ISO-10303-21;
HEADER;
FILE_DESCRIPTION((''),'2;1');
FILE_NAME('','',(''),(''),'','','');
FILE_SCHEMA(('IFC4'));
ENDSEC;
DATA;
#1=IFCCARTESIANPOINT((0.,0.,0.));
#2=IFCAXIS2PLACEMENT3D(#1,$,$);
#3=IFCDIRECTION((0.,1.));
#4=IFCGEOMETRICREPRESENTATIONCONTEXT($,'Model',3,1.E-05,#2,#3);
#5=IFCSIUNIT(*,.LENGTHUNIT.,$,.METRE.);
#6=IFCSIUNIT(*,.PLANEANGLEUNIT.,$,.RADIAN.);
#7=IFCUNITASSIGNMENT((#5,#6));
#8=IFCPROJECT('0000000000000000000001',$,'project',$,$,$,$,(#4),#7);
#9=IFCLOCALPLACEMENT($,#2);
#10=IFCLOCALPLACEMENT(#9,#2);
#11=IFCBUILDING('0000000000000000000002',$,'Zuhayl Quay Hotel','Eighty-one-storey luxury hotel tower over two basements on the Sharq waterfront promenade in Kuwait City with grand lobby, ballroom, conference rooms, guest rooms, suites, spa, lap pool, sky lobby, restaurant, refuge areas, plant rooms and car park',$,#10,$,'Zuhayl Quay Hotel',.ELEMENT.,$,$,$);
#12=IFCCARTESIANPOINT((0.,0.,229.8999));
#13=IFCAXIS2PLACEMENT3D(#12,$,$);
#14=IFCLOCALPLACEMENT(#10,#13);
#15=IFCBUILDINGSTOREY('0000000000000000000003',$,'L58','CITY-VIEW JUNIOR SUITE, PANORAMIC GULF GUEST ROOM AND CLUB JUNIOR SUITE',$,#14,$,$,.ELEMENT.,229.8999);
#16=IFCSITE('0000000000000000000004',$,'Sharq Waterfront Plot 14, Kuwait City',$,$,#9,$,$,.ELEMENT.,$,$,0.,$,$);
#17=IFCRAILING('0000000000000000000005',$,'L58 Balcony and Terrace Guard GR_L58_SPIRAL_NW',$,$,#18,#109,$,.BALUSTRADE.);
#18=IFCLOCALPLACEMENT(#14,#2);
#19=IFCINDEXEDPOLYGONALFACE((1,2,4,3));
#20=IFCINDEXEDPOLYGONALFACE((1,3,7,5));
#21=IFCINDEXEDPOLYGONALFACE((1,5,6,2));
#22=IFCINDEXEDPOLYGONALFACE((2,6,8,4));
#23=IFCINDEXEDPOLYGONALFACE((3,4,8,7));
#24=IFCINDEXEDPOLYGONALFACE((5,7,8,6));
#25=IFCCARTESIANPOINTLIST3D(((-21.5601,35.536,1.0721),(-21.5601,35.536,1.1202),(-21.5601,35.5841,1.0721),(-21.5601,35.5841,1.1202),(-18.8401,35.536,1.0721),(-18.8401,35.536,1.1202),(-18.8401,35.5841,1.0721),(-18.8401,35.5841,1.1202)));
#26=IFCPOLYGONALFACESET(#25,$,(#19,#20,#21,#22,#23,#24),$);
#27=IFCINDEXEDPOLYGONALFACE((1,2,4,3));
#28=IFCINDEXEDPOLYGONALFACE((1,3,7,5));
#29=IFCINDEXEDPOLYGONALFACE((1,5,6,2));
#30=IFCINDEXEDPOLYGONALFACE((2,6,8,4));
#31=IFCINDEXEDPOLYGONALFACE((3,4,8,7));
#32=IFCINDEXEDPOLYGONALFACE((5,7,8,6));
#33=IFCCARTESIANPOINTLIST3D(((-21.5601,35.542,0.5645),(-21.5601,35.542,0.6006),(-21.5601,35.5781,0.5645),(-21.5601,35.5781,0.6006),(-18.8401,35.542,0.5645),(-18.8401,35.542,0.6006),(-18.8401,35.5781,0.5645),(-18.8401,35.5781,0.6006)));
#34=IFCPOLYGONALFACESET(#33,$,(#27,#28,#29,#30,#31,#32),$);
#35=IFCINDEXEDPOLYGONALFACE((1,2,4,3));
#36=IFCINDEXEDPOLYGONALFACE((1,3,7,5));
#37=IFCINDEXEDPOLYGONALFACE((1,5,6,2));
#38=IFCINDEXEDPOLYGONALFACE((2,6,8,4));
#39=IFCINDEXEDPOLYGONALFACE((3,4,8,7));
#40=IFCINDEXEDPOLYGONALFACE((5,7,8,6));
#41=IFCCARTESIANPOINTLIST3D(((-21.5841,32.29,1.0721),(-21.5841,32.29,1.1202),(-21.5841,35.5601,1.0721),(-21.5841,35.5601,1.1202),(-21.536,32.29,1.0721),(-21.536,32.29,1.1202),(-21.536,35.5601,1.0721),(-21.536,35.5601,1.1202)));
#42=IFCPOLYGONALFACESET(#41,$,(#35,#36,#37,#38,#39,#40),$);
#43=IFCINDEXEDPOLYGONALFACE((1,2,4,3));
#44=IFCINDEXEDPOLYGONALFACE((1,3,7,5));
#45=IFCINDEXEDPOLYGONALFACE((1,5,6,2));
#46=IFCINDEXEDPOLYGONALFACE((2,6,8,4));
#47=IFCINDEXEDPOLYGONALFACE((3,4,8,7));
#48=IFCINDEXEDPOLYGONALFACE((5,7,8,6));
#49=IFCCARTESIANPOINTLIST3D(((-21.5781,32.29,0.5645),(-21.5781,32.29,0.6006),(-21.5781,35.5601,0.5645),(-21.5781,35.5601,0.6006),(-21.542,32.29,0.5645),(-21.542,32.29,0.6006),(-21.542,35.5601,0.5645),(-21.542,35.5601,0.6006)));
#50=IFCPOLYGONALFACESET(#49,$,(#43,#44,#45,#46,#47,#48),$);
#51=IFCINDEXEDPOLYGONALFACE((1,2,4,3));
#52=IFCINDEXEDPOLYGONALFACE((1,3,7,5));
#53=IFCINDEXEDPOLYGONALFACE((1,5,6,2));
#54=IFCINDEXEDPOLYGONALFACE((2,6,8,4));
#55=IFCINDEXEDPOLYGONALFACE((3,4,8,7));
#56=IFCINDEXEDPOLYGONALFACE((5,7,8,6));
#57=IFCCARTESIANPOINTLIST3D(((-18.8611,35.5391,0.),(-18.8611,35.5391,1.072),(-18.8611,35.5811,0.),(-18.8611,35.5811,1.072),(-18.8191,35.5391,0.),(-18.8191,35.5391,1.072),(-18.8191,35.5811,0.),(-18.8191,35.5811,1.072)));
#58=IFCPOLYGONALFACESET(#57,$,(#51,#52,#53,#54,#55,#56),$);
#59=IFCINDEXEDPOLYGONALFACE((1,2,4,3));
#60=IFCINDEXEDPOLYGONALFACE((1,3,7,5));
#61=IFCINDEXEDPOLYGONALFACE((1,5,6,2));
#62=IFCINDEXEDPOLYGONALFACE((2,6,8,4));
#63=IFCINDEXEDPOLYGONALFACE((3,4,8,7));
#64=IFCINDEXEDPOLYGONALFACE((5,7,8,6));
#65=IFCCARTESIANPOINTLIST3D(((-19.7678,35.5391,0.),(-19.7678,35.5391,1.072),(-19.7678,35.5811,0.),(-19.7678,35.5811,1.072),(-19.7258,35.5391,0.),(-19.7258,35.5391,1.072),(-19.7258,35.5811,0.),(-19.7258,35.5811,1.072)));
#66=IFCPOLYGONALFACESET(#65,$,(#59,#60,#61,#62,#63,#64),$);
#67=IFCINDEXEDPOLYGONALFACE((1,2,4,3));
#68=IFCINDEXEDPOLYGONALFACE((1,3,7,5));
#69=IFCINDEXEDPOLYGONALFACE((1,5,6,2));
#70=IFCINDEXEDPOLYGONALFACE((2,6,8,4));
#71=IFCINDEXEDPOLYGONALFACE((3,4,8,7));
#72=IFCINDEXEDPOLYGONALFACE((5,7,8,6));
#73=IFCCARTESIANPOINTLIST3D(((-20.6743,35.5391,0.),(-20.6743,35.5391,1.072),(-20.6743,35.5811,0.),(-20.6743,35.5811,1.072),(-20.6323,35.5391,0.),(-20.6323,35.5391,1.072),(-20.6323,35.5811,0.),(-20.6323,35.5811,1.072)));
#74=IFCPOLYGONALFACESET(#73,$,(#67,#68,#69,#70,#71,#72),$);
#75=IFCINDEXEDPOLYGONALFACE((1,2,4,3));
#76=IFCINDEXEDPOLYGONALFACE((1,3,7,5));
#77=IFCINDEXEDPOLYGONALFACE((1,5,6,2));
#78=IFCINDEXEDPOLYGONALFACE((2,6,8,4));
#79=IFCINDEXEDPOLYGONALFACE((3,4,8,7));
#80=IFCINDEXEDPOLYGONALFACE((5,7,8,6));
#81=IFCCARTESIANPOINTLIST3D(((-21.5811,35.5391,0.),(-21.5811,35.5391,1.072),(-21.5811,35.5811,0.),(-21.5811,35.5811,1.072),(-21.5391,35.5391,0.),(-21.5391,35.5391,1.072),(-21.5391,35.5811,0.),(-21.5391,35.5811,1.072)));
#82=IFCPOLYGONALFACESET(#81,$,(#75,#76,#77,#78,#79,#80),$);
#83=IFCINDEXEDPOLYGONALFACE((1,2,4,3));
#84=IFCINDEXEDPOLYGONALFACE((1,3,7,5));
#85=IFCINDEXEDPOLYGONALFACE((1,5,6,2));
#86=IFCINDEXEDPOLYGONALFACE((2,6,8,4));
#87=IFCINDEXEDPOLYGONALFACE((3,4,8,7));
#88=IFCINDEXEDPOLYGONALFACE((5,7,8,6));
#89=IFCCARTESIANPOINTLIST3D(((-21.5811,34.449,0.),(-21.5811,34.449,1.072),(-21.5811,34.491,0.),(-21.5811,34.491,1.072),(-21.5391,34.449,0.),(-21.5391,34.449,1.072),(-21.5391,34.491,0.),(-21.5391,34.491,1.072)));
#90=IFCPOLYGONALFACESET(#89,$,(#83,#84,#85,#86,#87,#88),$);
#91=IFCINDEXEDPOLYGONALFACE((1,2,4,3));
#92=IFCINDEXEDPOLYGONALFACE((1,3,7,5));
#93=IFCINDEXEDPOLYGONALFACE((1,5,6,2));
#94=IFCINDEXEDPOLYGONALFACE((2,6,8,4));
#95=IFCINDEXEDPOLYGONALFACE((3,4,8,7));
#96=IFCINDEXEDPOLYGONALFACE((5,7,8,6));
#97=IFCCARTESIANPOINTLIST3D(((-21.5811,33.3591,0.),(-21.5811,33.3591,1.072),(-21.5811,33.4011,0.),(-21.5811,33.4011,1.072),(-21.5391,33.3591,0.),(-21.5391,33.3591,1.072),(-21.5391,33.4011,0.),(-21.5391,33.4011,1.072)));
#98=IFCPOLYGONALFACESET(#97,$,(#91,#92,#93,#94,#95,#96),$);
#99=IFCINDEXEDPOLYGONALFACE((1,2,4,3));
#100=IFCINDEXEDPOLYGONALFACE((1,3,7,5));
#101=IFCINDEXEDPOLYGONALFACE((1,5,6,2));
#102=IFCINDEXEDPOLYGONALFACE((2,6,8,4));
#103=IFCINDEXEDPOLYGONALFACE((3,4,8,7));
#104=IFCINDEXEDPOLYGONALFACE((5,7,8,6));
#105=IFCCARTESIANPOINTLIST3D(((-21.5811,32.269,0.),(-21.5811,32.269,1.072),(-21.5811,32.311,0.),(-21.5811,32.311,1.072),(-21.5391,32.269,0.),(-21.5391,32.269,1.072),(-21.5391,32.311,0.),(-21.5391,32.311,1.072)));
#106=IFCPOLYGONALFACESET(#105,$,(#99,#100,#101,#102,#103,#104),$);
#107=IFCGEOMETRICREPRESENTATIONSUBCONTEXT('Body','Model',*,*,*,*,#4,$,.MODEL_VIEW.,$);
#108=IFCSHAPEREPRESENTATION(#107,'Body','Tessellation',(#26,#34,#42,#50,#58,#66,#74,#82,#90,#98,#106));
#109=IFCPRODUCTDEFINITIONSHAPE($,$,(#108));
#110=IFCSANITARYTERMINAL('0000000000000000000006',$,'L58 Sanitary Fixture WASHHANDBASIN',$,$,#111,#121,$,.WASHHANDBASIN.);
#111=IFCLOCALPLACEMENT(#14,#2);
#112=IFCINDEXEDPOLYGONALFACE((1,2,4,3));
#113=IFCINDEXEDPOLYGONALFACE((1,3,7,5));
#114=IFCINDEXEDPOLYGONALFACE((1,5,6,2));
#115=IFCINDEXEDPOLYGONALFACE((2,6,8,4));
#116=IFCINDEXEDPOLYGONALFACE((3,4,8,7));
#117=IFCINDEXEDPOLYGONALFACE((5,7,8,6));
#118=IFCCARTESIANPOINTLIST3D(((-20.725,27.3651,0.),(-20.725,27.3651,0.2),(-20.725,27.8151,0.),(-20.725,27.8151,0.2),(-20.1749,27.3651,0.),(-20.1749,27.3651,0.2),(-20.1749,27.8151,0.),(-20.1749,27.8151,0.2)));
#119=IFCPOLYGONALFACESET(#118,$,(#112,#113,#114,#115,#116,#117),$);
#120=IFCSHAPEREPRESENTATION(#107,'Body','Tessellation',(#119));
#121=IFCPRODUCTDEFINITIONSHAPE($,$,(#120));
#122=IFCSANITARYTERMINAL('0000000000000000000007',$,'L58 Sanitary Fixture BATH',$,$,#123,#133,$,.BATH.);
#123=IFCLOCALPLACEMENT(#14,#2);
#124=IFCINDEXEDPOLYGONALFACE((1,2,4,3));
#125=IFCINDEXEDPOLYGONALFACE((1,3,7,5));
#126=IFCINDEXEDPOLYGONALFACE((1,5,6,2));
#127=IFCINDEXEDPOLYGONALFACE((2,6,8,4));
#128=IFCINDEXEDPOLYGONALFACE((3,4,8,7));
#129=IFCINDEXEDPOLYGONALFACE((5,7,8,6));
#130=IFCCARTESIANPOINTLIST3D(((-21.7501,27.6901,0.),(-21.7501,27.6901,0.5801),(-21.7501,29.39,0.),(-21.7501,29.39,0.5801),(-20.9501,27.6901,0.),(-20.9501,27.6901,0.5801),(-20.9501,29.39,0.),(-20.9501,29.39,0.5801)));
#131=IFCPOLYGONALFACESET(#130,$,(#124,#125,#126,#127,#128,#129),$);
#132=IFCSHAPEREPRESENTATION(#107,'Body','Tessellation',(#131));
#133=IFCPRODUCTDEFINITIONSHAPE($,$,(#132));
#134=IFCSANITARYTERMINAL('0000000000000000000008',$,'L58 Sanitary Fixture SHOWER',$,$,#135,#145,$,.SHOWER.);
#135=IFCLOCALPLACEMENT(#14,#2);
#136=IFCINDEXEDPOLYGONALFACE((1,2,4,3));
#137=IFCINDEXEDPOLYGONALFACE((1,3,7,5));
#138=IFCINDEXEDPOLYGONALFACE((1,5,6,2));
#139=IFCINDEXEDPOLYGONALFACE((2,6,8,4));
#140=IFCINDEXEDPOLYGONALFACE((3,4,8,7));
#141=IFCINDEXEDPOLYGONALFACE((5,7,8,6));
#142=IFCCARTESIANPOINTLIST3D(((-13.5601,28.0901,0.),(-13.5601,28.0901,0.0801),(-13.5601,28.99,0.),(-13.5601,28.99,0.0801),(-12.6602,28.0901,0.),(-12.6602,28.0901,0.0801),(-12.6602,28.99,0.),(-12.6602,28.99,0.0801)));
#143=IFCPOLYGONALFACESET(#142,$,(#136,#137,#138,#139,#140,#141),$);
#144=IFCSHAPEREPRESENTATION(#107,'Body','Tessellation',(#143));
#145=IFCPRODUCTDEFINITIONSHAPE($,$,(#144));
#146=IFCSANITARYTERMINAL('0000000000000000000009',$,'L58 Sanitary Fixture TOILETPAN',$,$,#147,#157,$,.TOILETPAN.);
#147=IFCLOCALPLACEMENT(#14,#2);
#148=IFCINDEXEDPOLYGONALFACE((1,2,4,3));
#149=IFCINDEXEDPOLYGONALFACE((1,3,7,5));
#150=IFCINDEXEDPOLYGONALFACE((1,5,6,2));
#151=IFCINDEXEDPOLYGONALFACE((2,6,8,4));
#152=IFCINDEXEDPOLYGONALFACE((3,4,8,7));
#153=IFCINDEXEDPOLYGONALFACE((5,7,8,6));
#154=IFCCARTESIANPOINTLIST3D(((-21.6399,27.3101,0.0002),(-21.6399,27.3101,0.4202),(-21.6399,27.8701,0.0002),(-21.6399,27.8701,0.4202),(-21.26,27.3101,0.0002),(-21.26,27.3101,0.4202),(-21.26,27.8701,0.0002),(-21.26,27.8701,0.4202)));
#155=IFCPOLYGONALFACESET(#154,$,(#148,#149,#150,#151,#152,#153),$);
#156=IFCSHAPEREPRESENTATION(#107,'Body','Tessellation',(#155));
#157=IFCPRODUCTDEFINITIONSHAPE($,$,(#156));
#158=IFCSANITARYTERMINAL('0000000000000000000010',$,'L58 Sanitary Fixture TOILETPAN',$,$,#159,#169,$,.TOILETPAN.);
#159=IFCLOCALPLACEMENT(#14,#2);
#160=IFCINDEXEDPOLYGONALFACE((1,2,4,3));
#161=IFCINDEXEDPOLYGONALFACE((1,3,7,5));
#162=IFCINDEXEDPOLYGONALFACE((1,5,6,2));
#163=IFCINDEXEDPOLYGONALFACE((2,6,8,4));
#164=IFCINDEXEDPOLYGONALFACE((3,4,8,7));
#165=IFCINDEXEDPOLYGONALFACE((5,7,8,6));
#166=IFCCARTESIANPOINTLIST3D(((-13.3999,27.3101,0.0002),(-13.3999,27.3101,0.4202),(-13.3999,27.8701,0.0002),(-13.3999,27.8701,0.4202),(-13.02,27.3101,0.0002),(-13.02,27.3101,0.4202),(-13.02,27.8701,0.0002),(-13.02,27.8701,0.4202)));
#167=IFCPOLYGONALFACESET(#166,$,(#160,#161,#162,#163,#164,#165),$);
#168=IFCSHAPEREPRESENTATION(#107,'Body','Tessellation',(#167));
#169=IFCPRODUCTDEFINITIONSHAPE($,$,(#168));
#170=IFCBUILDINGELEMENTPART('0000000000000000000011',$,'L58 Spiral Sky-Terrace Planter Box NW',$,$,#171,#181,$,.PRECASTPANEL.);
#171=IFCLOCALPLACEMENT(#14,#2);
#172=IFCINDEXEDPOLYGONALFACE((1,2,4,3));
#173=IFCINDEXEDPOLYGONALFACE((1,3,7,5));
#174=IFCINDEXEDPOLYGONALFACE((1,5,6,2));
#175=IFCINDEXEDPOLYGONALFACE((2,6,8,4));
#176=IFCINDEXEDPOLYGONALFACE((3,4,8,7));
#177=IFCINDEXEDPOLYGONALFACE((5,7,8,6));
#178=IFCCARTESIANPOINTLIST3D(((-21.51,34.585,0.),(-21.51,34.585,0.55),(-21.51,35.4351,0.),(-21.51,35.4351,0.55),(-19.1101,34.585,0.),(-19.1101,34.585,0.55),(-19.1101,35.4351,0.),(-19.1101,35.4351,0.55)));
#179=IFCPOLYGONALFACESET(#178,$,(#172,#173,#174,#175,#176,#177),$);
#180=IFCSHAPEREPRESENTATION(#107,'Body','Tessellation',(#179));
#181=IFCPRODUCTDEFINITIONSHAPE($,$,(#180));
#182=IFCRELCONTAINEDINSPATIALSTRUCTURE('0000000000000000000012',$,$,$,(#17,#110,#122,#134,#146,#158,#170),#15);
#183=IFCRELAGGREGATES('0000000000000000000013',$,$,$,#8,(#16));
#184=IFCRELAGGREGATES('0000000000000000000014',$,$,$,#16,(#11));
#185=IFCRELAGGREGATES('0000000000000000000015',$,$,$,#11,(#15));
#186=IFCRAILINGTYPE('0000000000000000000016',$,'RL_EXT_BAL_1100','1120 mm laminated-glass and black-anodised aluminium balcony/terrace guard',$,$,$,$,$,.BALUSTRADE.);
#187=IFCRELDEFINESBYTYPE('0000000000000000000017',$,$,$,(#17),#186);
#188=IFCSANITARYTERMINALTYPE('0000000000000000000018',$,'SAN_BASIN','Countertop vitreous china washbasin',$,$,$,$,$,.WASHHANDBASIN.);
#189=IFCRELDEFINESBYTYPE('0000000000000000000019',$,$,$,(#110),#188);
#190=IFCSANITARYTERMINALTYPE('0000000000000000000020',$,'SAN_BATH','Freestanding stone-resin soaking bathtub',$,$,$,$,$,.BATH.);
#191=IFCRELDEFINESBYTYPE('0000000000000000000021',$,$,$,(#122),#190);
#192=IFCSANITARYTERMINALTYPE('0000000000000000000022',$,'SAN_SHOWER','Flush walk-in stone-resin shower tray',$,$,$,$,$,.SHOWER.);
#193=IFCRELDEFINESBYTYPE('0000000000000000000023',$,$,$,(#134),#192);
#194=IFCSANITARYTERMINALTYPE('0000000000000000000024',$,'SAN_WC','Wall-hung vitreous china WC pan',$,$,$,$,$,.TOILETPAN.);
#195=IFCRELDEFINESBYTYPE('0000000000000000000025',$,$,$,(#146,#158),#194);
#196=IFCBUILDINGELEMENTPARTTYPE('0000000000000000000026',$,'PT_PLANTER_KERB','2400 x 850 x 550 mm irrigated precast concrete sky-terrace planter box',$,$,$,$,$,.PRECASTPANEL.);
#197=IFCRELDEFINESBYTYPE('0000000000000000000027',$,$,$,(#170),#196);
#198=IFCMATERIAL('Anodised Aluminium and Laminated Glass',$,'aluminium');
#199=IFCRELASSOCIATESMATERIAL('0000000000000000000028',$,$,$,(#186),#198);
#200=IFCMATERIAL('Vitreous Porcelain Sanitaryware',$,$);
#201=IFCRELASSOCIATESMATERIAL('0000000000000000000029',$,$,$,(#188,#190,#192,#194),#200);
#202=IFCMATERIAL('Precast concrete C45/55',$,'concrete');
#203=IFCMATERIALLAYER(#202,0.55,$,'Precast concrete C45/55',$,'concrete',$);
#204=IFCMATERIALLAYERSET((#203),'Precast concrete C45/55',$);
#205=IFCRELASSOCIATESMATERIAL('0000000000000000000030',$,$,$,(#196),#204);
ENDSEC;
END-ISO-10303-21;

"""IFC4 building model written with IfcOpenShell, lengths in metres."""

from ifc_helpers import new_model, si_unit, direction, frame, origin, origin_2d, place, context, subcontext, project, spatial, rectangle, extrude, material, layer, layer_set, type_object, element, save


model = new_model("IFC4")

# Units and contexts
model_context = context("Model", 3, precision=1e-05, world=origin(), true_north=direction((0.0, 1.0)))
body_context = subcontext(model_context, "Body", "Model", "MODEL_VIEW")
ifc_project = project(units=[si_unit("LENGTHUNIT", "METRE"), si_unit("PLANEANGLEUNIT", "RADIAN")], contexts=[model_context])

# Site, building, storey
site_placement = place(None, origin())
site = spatial("IfcSite", under=ifc_project, at=site_placement, Name="Sharq Waterfront Plot 14, Kuwait City", CompositionType="ELEMENT", RefElevation=0.0)
building_placement = place(site_placement, origin())
building = spatial("IfcBuilding", under=site, at=building_placement, Name="Zuhayl Quay Hotel", Description="Eighty-one-storey luxury hotel tower over two basements on the Sharq waterfront promenade in Kuwait City with grand lobby, ballroom, conference rooms, guest rooms, suites, spa, lap pool, sky lobby, restaurant, refuge areas, plant rooms and car park", LongName="Zuhayl Quay Hotel", CompositionType="ELEMENT")
storey_placement = place(building_placement, frame((0.0, 0.0, 229.8999)))
storey = spatial("IfcBuildingStorey", under=building, at=storey_placement, Name="L58", Description="CITY-VIEW JUNIOR SUITE, PANORAMIC GULF GUEST ROOM AND CLUB JUNIOR SUITE", CompositionType="ELEMENT", Elevation=229.8999)

# Shared definitions
ifc_material_1 = material(Name="Precast concrete C45/55", Category="concrete")

# Railing
ifc_material_2 = material(Name="Anodised Aluminium and Laminated Glass", Category="aluminium")
railing_type = type_object("IfcRailingType", Name="RL_EXT_BAL_1100", Description="1120 mm laminated-glass and black-anodised aluminium balcony/terrace guard", PredefinedType="BALUSTRADE", material=ifc_material_2)
railing_1_placement = place(storey_placement, frame((-18.8401, 35.5601, 0.0)))
element("IfcRailing", 1, at=railing_1_placement, inside=storey, type_object=railing_type, Name="L58 Balcony and Terrace Guard GR_L58_SPIRAL_NW", PredefinedType="BALUSTRADE", context=body_context, shape_type="SweptSolid", body=[
    extrude(rectangle(XDim=0.0481, YDim=0.0481, at=origin_2d()), frame((0.0, 0.0, 1.0962), z_axis=(-1.0, 0.0, 0.0), x_axis=(0.0, -1.0, 0.0)), (0.0, 0.0, 1.0), 2.72),
    extrude(rectangle(XDim=0.0361, YDim=0.0361, at=origin_2d()), frame((0.0, 0.0, 0.5825), z_axis=(-1.0, 0.0, 0.0), x_axis=(0.0, -1.0, 0.0)), (0.0, 0.0, 1.0), 2.72),
    extrude(rectangle(XDim=0.0481, YDim=0.0481, at=origin_2d()), frame((-2.72, 0.0, 1.0962), z_axis=(0.0, -1.0, 0.0), x_axis=(1.0, 0.0, 0.0)), (0.0, 0.0, 1.0), 3.27),
    extrude(rectangle(XDim=0.0361, YDim=0.0361, at=origin_2d()), frame((-2.72, 0.0, 0.5825), z_axis=(0.0, -1.0, 0.0), x_axis=(1.0, 0.0, 0.0)), (0.0, 0.0, 1.0), 3.27),
    extrude(rectangle(XDim=0.042, YDim=0.042, at=origin_2d()), origin(), (0.0, 0.0, 1.0), 1.072),
    extrude(rectangle(XDim=0.042, YDim=0.042, at=origin_2d()), frame((-0.9067, 0.0, 0.0)), (0.0, 0.0, 1.0), 1.072),
    extrude(rectangle(XDim=0.042, YDim=0.042, at=origin_2d()), frame((-1.8132, 0.0, 0.0)), (0.0, 0.0, 1.0), 1.072),
    extrude(rectangle(XDim=0.042, YDim=0.042, at=origin_2d()), frame((-2.72, 0.0, 0.0)), (0.0, 0.0, 1.0), 1.072),
    extrude(rectangle(XDim=0.042, YDim=0.042, at=origin_2d()), frame((-2.72, -1.0901, 0.0)), (0.0, 0.0, 1.0), 1.072),
    extrude(rectangle(XDim=0.042, YDim=0.042, at=origin_2d()), frame((-2.72, -2.1799, 0.0)), (0.0, 0.0, 1.0), 1.072),
    extrude(rectangle(XDim=0.042, YDim=0.042, at=origin_2d()), frame((-2.72, -3.27, 0.0)), (0.0, 0.0, 1.0), 1.072),
])

# Sanitary terminals
ifc_material_3 = material(Name="Vitreous Porcelain Sanitaryware")
sanitary_terminal_type_1 = type_object("IfcSanitaryTerminalType", Name="SAN_BASIN", Description="Countertop vitreous china washbasin", PredefinedType="WASHHANDBASIN", material=ifc_material_3)
sanitary_terminal_1_placement = place(storey_placement, frame((-20.45, 27.5901, 0.0), z_axis=(0.0, 0.0, 1.0), x_axis=(1.0, 0.0, 0.0)))
element("IfcSanitaryTerminal", 2, at=sanitary_terminal_1_placement, inside=storey, type_object=sanitary_terminal_type_1, Name="L58 Sanitary Fixture WASHHANDBASIN", PredefinedType="WASHHANDBASIN", context=body_context, shape_type="SweptSolid", body=[
    extrude(rectangle(XDim=0.55, YDim=0.45, at=origin_2d()), origin(), (0.0, 0.0, 1.0), 0.2),
])
sanitary_terminal_type_2 = type_object("IfcSanitaryTerminalType", Name="SAN_BATH", Description="Freestanding stone-resin soaking bathtub", PredefinedType="BATH", material=ifc_material_3)
sanitary_terminal_2_placement = place(storey_placement, frame((-21.3501, 28.54, 0.0), z_axis=(0.0, 0.0, 1.0), x_axis=(1.0, 0.0, 0.0)))
element("IfcSanitaryTerminal", 3, at=sanitary_terminal_2_placement, inside=storey, type_object=sanitary_terminal_type_2, Name="L58 Sanitary Fixture BATH", PredefinedType="BATH", context=body_context, shape_type="SweptSolid", body=[
    extrude(rectangle(XDim=0.8, YDim=1.7, at=origin_2d()), origin(), (0.0, 0.0, 1.0), 0.5801),
])
sanitary_terminal_type_3 = type_object("IfcSanitaryTerminalType", Name="SAN_SHOWER", Description="Flush walk-in stone-resin shower tray", PredefinedType="SHOWER", material=ifc_material_3)
sanitary_terminal_3_placement = place(storey_placement, frame((-13.1101, 28.54, 0.0), z_axis=(0.0, 0.0, 1.0), x_axis=(1.0, 0.0, 0.0)))
element("IfcSanitaryTerminal", 4, at=sanitary_terminal_3_placement, inside=storey, type_object=sanitary_terminal_type_3, Name="L58 Sanitary Fixture SHOWER", PredefinedType="SHOWER", context=body_context, shape_type="SweptSolid", body=[
    extrude(rectangle(XDim=0.8999, YDim=0.8999, at=origin_2d()), origin(), (0.0, 0.0, 1.0), 0.0801),
])
sanitary_terminal_type_4 = type_object("IfcSanitaryTerminalType", Name="SAN_WC", Description="Wall-hung vitreous china WC pan", PredefinedType="TOILETPAN", material=ifc_material_3)
for number, where, z_axis, x_axis, name in (
    (5, (-21.45, 27.5901, 0.0002), (0.0, 0.0, 1.0), (1.0, 0.0, 0.0), "L58 Sanitary Fixture TOILETPAN"),
    (6, (-13.21, 27.5901, 0.0002), (0.0, 0.0, 1.0), (1.0, 0.0, 0.0), "L58 Sanitary Fixture TOILETPAN"),
):
    element("IfcSanitaryTerminal", number, at=place(storey_placement, frame(where, z_axis=z_axis, x_axis=x_axis)), inside=storey, type_object=sanitary_terminal_type_4, Name=name, PredefinedType="TOILETPAN", context=body_context, shape_type="SweptSolid", body=[
        extrude(rectangle(XDim=0.3799, YDim=0.5601, at=origin_2d()), origin(), (0.0, 0.0, 1.0), 0.4199),
    ])

# Building element part
ifc_layer_1 = layer(ifc_material_1, 0.55, Name="Precast concrete C45/55", Category="concrete")
ifc_layer_set_1 = layer_set([ifc_layer_1], Name="Precast concrete C45/55")
building_element_part_type = type_object("IfcBuildingElementPartType", Name="PT_PLANTER_KERB", Description="2400 x 850 x 550 mm irrigated precast concrete sky-terrace planter box", PredefinedType="PRECASTPANEL", material=ifc_layer_set_1)
building_element_part_placement = place(storey_placement, frame((-20.3101, 35.01, 0.0), z_axis=(0.0, 0.0, 1.0), x_axis=(1.0, 0.0, 0.0)))
element("IfcBuildingElementPart", 7, at=building_element_part_placement, inside=storey, type_object=building_element_part_type, Name="L58 Spiral Sky-Terrace Planter Box NW", PredefinedType="PRECASTPANEL", context=body_context, shape_type="SweptSolid", body=[
    extrude(rectangle(XDim=2.3999, YDim=0.8501, at=origin_2d()), origin(), (0.0, 0.0, 1.0), 0.55),
])

save(model, "model.ifc")
